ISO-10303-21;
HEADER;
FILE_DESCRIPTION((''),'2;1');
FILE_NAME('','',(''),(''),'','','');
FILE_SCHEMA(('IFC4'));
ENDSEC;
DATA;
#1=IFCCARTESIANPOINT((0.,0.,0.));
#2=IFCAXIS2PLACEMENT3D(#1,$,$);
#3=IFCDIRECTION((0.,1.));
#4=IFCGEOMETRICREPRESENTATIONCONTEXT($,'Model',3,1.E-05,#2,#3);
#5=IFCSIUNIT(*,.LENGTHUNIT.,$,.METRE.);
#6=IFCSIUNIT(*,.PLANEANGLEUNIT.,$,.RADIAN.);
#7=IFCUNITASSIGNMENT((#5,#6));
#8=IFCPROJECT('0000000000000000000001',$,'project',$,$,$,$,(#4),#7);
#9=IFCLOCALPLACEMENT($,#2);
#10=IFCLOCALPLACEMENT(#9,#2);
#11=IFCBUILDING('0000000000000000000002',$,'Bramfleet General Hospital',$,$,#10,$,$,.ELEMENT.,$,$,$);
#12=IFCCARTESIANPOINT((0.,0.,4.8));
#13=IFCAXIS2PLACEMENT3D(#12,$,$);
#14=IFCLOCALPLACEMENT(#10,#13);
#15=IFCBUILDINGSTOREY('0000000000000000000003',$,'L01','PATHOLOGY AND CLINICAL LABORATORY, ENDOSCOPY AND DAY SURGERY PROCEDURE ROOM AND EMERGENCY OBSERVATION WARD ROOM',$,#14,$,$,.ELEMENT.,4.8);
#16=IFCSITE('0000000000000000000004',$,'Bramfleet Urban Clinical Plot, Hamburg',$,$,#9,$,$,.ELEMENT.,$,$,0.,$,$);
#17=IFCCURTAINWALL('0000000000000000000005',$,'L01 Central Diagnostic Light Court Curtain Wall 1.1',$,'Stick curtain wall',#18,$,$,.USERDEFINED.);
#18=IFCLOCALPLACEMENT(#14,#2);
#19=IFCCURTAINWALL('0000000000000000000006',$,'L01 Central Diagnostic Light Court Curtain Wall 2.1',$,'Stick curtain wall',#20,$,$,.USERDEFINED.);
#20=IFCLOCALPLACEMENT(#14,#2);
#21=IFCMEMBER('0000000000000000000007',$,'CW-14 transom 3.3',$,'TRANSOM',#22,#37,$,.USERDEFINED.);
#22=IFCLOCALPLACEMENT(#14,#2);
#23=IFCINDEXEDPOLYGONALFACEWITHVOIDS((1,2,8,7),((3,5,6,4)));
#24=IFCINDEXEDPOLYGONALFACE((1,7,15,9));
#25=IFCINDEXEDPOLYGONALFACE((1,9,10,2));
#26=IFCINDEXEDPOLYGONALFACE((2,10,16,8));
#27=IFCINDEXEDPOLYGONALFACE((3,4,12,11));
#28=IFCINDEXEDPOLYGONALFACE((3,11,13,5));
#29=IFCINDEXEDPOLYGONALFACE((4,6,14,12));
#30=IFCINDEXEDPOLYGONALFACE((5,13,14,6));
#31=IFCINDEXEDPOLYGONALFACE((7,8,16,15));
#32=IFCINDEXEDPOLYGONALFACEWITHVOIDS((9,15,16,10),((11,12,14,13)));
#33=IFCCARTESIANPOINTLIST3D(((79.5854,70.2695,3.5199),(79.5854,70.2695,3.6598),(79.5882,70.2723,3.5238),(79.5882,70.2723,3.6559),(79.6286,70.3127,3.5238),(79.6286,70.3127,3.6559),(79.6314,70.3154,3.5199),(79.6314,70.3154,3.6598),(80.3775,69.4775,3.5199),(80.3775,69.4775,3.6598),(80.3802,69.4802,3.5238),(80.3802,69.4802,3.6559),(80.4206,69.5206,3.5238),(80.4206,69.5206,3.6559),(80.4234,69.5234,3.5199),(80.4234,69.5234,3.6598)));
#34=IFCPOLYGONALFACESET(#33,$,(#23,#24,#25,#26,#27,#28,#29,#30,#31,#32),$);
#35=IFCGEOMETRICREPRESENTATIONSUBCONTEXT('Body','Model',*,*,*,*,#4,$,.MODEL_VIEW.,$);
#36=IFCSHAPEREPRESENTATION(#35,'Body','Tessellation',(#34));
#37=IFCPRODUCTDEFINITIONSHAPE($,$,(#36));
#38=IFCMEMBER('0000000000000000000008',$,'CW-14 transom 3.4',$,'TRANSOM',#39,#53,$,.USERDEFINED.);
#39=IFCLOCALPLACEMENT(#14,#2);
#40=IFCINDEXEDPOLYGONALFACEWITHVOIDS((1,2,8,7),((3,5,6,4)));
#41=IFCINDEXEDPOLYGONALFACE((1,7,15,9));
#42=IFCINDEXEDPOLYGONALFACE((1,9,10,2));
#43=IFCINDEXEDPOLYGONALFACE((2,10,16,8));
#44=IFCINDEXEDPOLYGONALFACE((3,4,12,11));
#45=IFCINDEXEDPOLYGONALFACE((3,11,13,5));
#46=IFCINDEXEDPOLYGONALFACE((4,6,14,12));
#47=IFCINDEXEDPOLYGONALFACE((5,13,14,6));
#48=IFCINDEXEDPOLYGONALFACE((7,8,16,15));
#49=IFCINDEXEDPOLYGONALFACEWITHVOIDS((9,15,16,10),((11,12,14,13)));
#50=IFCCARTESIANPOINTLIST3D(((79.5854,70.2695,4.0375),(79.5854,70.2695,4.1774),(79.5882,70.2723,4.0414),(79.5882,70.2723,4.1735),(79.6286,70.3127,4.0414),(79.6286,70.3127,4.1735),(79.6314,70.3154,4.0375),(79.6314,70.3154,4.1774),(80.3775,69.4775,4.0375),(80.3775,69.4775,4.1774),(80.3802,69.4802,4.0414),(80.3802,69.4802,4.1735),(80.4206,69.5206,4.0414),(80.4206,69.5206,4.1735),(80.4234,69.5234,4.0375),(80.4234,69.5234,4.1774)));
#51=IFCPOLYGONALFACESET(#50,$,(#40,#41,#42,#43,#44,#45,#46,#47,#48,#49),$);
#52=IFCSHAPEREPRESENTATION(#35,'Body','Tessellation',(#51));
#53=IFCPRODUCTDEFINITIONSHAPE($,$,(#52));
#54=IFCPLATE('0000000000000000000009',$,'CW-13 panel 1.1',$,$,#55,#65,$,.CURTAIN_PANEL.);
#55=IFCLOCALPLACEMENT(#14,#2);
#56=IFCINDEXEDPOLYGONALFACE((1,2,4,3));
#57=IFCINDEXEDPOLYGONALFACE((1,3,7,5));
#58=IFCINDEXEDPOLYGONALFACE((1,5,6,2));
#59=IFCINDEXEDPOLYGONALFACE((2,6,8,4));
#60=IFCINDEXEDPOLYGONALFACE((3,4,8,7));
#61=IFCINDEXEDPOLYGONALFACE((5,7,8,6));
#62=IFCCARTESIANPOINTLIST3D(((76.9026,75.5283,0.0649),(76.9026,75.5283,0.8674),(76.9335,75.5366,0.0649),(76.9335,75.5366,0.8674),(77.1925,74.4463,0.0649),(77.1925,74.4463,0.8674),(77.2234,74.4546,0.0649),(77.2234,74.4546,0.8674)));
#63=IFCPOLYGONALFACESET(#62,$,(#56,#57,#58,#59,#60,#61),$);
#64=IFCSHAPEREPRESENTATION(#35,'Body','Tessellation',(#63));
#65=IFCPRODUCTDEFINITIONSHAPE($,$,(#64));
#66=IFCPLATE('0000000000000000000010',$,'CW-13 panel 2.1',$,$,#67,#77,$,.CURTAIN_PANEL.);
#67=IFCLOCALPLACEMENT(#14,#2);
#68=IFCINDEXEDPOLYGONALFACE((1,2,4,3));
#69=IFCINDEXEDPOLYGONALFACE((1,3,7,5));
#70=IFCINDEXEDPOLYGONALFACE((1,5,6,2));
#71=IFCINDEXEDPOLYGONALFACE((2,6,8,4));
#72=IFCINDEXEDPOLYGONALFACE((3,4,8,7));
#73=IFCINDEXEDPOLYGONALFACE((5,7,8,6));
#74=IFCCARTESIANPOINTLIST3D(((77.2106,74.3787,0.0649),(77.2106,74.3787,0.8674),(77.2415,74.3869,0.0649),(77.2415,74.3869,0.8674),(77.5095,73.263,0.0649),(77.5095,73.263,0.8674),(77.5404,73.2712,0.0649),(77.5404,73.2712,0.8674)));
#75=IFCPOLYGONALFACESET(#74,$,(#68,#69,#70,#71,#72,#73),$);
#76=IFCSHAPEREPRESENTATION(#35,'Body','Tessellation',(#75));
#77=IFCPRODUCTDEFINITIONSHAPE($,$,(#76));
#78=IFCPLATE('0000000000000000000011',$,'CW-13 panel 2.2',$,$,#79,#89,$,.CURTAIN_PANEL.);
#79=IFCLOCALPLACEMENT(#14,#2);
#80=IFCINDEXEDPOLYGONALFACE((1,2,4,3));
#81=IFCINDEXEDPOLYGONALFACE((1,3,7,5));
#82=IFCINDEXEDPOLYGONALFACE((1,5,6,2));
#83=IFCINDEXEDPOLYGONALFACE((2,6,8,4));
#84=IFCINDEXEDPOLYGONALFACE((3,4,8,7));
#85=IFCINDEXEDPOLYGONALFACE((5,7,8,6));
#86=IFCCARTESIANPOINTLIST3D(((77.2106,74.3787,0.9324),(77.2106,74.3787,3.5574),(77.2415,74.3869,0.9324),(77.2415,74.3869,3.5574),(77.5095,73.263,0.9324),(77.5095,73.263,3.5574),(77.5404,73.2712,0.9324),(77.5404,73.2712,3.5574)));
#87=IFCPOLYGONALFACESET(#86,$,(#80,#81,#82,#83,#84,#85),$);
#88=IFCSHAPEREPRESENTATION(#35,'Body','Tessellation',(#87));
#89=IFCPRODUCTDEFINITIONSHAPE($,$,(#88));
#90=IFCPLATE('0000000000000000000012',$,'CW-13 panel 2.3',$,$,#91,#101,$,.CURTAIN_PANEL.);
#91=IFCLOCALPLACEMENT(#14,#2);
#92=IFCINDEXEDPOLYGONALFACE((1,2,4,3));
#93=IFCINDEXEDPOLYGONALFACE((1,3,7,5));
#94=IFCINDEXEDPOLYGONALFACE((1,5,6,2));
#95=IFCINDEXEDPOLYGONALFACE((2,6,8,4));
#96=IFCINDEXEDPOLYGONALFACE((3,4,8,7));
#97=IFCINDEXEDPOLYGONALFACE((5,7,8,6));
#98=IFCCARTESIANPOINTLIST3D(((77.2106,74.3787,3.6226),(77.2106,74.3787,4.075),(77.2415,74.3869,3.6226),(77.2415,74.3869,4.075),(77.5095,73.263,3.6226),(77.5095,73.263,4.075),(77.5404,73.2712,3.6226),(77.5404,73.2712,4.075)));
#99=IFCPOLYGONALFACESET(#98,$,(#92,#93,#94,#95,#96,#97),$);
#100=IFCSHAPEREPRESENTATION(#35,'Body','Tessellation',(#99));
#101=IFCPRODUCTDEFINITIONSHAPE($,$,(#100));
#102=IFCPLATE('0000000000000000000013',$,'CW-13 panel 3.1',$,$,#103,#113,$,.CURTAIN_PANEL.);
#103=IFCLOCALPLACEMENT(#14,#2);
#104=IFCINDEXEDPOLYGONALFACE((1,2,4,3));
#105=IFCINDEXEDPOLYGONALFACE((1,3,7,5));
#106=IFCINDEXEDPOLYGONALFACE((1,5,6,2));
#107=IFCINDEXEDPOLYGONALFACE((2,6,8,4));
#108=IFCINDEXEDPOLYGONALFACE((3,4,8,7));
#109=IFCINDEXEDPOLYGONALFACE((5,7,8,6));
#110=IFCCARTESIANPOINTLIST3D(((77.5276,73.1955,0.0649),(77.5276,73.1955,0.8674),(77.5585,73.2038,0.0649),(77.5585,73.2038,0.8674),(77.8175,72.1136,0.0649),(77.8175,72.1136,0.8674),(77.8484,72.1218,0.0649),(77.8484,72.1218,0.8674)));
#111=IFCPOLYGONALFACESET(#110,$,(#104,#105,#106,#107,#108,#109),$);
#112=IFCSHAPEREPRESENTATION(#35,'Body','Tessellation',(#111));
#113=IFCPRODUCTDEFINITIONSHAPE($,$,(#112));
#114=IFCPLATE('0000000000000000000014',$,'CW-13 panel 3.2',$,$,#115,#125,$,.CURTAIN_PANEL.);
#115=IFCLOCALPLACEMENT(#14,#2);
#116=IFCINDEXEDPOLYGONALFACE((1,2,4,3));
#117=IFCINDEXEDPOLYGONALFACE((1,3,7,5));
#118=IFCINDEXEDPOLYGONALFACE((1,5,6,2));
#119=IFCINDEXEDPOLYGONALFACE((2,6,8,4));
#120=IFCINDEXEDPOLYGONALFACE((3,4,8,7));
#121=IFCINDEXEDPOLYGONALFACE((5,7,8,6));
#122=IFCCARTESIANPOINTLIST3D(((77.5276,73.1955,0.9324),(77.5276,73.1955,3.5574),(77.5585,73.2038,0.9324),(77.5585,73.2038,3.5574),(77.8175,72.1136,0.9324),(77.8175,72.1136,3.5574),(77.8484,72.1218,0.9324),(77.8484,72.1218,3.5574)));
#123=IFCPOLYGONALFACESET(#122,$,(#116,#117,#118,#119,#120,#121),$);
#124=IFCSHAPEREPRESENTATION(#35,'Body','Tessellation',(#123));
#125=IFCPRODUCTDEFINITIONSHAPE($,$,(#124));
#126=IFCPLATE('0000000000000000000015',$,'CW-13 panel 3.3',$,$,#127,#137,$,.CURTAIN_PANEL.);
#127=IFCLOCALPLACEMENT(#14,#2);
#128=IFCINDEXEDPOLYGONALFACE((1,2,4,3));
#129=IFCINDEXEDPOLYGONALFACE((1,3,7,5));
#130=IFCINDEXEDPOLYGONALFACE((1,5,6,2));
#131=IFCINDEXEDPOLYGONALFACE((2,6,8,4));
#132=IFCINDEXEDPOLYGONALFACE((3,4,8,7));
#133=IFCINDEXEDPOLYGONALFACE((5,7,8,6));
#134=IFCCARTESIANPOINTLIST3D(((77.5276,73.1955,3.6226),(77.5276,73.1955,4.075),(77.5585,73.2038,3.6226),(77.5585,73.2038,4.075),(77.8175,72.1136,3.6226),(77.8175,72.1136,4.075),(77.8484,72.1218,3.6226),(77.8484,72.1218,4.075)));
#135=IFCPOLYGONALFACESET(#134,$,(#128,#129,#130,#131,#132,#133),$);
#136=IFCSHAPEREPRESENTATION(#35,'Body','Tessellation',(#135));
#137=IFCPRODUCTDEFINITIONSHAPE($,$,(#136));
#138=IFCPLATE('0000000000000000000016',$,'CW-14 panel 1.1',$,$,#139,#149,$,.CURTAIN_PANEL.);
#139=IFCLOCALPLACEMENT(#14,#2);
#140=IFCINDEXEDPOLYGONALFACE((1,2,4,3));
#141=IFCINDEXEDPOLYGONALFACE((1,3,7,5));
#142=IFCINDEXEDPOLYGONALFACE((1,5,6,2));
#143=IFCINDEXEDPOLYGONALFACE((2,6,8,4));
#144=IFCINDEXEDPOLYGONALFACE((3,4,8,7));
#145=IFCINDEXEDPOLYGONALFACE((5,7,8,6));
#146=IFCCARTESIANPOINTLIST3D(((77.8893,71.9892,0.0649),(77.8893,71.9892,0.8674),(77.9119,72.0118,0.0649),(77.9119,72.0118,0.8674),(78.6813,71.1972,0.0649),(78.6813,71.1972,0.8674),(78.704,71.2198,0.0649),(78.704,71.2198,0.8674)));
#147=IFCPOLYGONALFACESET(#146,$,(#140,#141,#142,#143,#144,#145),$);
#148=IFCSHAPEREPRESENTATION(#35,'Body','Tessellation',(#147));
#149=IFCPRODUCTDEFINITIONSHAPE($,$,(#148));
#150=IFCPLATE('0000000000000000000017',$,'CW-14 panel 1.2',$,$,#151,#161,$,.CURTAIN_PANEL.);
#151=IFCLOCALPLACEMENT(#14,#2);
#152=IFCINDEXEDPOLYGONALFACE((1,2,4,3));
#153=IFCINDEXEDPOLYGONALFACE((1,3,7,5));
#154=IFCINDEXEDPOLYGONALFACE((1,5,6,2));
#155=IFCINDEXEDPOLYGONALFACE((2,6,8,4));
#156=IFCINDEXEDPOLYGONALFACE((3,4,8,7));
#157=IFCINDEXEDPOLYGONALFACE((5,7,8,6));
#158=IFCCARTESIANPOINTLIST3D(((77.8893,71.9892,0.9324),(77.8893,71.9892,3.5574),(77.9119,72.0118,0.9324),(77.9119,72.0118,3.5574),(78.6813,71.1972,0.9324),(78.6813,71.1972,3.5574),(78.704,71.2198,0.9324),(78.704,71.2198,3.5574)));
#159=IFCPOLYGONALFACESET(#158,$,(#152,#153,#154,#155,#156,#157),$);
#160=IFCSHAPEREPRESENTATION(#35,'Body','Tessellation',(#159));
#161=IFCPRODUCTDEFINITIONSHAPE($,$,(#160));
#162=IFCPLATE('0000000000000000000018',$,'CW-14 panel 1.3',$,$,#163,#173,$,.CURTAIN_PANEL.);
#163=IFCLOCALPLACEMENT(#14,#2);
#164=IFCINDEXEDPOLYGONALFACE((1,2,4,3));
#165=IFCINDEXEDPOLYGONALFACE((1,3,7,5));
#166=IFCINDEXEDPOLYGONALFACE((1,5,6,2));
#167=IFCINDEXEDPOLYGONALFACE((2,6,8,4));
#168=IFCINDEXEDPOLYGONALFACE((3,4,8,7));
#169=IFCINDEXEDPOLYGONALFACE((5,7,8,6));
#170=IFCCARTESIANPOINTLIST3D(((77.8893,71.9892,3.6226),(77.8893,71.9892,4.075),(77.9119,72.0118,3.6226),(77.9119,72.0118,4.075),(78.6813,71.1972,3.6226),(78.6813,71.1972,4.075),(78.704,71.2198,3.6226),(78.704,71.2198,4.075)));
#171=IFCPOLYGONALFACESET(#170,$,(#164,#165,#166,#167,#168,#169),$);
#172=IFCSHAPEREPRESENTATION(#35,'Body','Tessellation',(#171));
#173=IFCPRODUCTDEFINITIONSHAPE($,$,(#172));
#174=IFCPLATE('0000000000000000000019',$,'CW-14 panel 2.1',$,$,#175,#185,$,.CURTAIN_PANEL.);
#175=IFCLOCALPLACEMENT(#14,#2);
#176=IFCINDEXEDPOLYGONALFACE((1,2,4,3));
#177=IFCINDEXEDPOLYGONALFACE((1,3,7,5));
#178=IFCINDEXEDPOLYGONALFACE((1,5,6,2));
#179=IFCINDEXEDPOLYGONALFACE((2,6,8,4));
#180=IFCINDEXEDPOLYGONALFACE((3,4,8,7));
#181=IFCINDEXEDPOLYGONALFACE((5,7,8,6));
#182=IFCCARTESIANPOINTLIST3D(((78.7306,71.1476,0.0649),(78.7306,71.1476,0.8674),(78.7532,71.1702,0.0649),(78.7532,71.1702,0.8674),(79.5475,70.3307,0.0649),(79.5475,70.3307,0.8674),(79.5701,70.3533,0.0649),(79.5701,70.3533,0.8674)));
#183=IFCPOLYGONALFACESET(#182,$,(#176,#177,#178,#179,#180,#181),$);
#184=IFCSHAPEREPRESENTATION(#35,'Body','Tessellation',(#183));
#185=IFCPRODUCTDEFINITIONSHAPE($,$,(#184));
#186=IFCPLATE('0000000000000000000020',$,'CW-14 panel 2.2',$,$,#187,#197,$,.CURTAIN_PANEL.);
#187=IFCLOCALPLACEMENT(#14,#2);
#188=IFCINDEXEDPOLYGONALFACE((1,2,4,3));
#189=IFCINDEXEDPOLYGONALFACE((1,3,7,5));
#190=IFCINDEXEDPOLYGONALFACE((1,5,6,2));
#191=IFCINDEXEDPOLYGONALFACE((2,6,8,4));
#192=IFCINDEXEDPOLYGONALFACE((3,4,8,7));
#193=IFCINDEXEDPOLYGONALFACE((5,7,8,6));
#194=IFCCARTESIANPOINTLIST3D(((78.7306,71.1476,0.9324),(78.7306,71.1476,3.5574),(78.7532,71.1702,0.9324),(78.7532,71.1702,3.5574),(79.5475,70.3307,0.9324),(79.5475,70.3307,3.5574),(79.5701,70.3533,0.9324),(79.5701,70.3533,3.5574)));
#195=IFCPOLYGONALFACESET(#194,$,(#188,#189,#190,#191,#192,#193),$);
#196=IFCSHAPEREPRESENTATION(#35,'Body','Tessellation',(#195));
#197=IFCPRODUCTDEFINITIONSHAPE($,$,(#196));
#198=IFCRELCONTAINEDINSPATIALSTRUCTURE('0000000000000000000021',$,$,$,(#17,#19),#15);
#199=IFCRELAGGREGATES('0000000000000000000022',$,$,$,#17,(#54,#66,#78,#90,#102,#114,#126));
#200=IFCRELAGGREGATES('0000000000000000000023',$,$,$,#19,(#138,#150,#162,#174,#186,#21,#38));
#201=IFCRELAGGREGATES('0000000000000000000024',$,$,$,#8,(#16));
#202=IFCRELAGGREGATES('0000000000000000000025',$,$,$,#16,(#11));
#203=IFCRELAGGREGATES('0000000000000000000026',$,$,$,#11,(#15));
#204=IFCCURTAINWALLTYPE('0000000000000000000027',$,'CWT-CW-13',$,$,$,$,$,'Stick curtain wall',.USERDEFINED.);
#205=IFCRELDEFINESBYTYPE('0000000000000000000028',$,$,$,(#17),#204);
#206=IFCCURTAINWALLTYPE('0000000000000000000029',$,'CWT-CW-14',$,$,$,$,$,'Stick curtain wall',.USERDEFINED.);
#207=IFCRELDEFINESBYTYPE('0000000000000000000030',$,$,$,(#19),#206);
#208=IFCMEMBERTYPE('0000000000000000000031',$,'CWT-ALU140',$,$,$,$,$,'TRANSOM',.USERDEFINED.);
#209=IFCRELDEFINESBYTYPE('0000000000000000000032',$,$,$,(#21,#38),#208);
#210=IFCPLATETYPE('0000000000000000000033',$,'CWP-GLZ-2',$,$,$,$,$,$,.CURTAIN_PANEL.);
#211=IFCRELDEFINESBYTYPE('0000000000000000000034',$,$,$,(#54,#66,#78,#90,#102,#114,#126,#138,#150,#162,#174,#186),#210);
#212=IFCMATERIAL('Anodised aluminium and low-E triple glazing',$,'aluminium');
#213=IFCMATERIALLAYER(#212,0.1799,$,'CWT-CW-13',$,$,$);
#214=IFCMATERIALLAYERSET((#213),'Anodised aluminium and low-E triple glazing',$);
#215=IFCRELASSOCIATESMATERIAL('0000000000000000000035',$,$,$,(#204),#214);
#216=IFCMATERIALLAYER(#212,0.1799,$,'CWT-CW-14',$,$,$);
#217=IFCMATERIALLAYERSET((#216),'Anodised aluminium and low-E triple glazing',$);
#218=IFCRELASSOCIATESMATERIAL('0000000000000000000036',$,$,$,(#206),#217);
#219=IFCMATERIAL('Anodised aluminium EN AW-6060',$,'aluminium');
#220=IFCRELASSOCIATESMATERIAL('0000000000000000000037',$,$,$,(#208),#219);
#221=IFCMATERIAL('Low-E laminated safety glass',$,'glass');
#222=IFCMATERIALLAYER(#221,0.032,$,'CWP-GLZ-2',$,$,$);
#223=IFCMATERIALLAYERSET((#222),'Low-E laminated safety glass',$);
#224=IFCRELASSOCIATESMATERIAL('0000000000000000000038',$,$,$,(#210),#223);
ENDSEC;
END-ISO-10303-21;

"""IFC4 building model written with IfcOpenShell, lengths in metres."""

from ifc_helpers import new_model, si_unit, direction, frame, origin, origin_2d, place, context, subcontext, project, spatial, rectangle, hollow_rectangle, extrude, material, layer, layer_set, material_profile, profile_set, type_object, element, aggregate, save


model = new_model("IFC4")

# Units and contexts
model_context = context("Model", 3, precision=1e-05, world=origin(), true_north=direction((0.0, 1.0)))
body_context = subcontext(model_context, "Body", "Model", "MODEL_VIEW")
ifc_project = project(units=[si_unit("LENGTHUNIT", "METRE"), si_unit("PLANEANGLEUNIT", "RADIAN")], contexts=[model_context])

# Site, building, storey
site_placement = place(None, origin())
site = spatial("IfcSite", under=ifc_project, at=site_placement, Name="Bramfleet Urban Clinical Plot, Hamburg", CompositionType="ELEMENT", RefElevation=0.0)
building_placement = place(site_placement, origin())
building = spatial("IfcBuilding", under=site, at=building_placement, Name="Bramfleet General Hospital", CompositionType="ELEMENT")
storey_placement = place(building_placement, frame((0.0, 0.0, 4.8)))
storey = spatial("IfcBuildingStorey", under=building, at=storey_placement, Name="L01", Description="PATHOLOGY AND CLINICAL LABORATORY, ENDOSCOPY AND DAY SURGERY PROCEDURE ROOM AND EMERGENCY OBSERVATION WARD ROOM", CompositionType="ELEMENT", Elevation=4.8)

# Curtain walls
ifc_material_1 = material(Name="Anodised aluminium and low-E triple glazing", Category="aluminium")
ifc_layer_1 = layer(ifc_material_1, 0.1799, Name="CWT-CW-13")
ifc_layer_set_1 = layer_set([ifc_layer_1], Name="Anodised aluminium and low-E triple glazing")
curtain_wall_type_1 = type_object("IfcCurtainWallType", Name="CWT-CW-13", ElementType="Stick curtain wall", PredefinedType="USERDEFINED", material=ifc_layer_set_1)
curtain_wall_1_placement = place(storey_placement, origin())
curtain_wall_1 = element("IfcCurtainWall", 1, at=curtain_wall_1_placement, inside=storey, type_object=curtain_wall_type_1, Name="L01 Central Diagnostic Light Court Curtain Wall 1.1", ObjectType="Stick curtain wall", PredefinedType="USERDEFINED")
ifc_material_2 = material(Name="Anodised aluminium EN AW-6060", Category="aluminium")
ifc_layer_2 = layer(ifc_material_1, 0.1799, Name="CWT-CW-14")
ifc_layer_set_2 = layer_set([ifc_layer_2], Name="Anodised aluminium and low-E triple glazing")
curtain_wall_type_2 = type_object("IfcCurtainWallType", Name="CWT-CW-14", ElementType="Stick curtain wall", PredefinedType="USERDEFINED", material=ifc_layer_set_2)
curtain_wall_2_placement = place(storey_placement, origin())
curtain_wall_2 = element("IfcCurtainWall", 2, at=curtain_wall_2_placement, inside=storey, type_object=curtain_wall_type_2, Name="L01 Central Diagnostic Light Court Curtain Wall 2.1", ObjectType="Stick curtain wall", PredefinedType="USERDEFINED")

# Members
ifc_material_profile_1 = material_profile(ifc_material_2, hollow_rectangle(XDim=0.0649, YDim=0.1399, WallThickness=0.0039, at=origin_2d()), Name="ALU 140x65x4.0")
ifc_profile_set_1 = profile_set([ifc_material_profile_1], Name="Anodised aluminium EN AW-6060")
member_type_1 = type_object("IfcMemberType", Name="CWT-ALU140", ElementType="TRANSOM", PredefinedType="USERDEFINED", material=ifc_profile_set_1)
member_1_placement = place(storey_placement, frame((79.6084, 70.2925, 3.5898), z_axis=(0.707107, -0.707107, 0.0), x_axis=(0.707107, 0.707107, 0.0)))
member_1 = element("IfcMember", 3, at=member_1_placement, type_object=member_type_1, Name="CW-14 transom 3.3", ObjectType="TRANSOM", PredefinedType="USERDEFINED", context=body_context, shape_type="SweptSolid", body=[
    extrude(hollow_rectangle(XDim=0.0649, YDim=0.1399, WallThickness=0.0039, at=origin_2d()), origin(), (0.0, 0.0, 1.0), 1.1201),
])
member_2_placement = place(storey_placement, frame((79.6084, 70.2925, 4.1074), z_axis=(0.707107, -0.707107, 0.0), x_axis=(0.707107, 0.707107, 0.0)))
member_2 = element("IfcMember", 4, at=member_2_placement, type_object=member_type_1, Name="CW-14 transom 3.4", ObjectType="TRANSOM", PredefinedType="USERDEFINED", context=body_context, shape_type="SweptSolid", body=[
    extrude(hollow_rectangle(XDim=0.0649, YDim=0.1399, WallThickness=0.0039, at=origin_2d()), origin(), (0.0, 0.0, 1.0), 1.1201),
])

# Plates
ifc_material_3 = material(Name="Low-E laminated safety glass", Category="glass")
ifc_layer_3 = layer(ifc_material_3, 0.032, Name="CWP-GLZ-2")
ifc_layer_set_3 = layer_set([ifc_layer_3], Name="Low-E laminated safety glass")
plate_type = type_object("IfcPlateType", Name="CWP-GLZ-2", PredefinedType="CURTAIN_PANEL", material=ifc_layer_set_3)
plate_1_placement = place(storey_placement, frame((77.063, 74.9915, 0.0649), z_axis=(0.0, 0.0, 1.0), x_axis=(0.258763, -0.965941, 0.0)))
plate_1 = element("IfcPlate", 5, at=plate_1_placement, type_object=plate_type, Name="CW-13 panel 1.1", PredefinedType="CURTAIN_PANEL", context=body_context, shape_type="SweptSolid", body=[
    extrude(rectangle(XDim=1.1201, YDim=0.032, at=origin_2d()), origin(), (0.0, 0.0, 1.0), 0.8025),
])
plate_2_placement = place(storey_placement, frame((77.3755, 73.825, 0.0649), z_axis=(0.0, 0.0, 1.0), x_axis=(0.258763, -0.965941, 0.0)))
plate_2 = element("IfcPlate", 6, at=plate_2_placement, type_object=plate_type, Name="CW-13 panel 2.1", PredefinedType="CURTAIN_PANEL", context=body_context, shape_type="SweptSolid", body=[
    extrude(rectangle(XDim=1.155, YDim=0.032, at=origin_2d()), origin(), (0.0, 0.0, 1.0), 0.8025),
])
plate_3_placement = place(storey_placement, frame((77.3755, 73.825, 0.9324), z_axis=(0.0, 0.0, 1.0), x_axis=(0.258763, -0.965941, 0.0)))
plate_3 = element("IfcPlate", 7, at=plate_3_placement, type_object=plate_type, Name="CW-13 panel 2.2", PredefinedType="CURTAIN_PANEL", context=body_context, shape_type="SweptSolid", body=[
    extrude(rectangle(XDim=1.155, YDim=0.032, at=origin_2d()), origin(), (0.0, 0.0, 1.0), 2.625),
])
plate_4_placement = place(storey_placement, frame((77.3755, 73.825, 3.6226), z_axis=(0.0, 0.0, 1.0), x_axis=(0.258763, -0.965941, 0.0)))
plate_4 = element("IfcPlate", 8, at=plate_4_placement, type_object=plate_type, Name="CW-13 panel 2.3", PredefinedType="CURTAIN_PANEL", context=body_context, shape_type="SweptSolid", body=[
    extrude(rectangle(XDim=1.155, YDim=0.032, at=origin_2d()), origin(), (0.0, 0.0, 1.0), 0.4524),
])
plate_5_placement = place(storey_placement, frame((77.688, 72.6587, 0.0649), z_axis=(0.0, 0.0, 1.0), x_axis=(0.258763, -0.965941, 0.0)))
plate_5 = element("IfcPlate", 9, at=plate_5_placement, type_object=plate_type, Name="CW-13 panel 3.1", PredefinedType="CURTAIN_PANEL", context=body_context, shape_type="SweptSolid", body=[
    extrude(rectangle(XDim=1.1201, YDim=0.032, at=origin_2d()), origin(), (0.0, 0.0, 1.0), 0.8025),
])
plate_6_placement = place(storey_placement, frame((77.688, 72.6587, 0.9324), z_axis=(0.0, 0.0, 1.0), x_axis=(0.258763, -0.965941, 0.0)))
plate_6 = element("IfcPlate", 10, at=plate_6_placement, type_object=plate_type, Name="CW-13 panel 3.2", PredefinedType="CURTAIN_PANEL", context=body_context, shape_type="SweptSolid", body=[
    extrude(rectangle(XDim=1.1201, YDim=0.032, at=origin_2d()), origin(), (0.0, 0.0, 1.0), 2.625),
])
plate_7_placement = place(storey_placement, frame((77.688, 72.6587, 3.6226), z_axis=(0.0, 0.0, 1.0), x_axis=(0.258763, -0.965941, 0.0)))
plate_7 = element("IfcPlate", 11, at=plate_7_placement, type_object=plate_type, Name="CW-13 panel 3.3", PredefinedType="CURTAIN_PANEL", context=body_context, shape_type="SweptSolid", body=[
    extrude(rectangle(XDim=1.1201, YDim=0.032, at=origin_2d()), origin(), (0.0, 0.0, 1.0), 0.4524),
])
aggregate(curtain_wall_1, [plate_1, plate_2, plate_3, plate_4, plate_5, plate_6, plate_7])
plate_8_placement = place(storey_placement, frame((78.2966, 71.6045, 0.0649), z_axis=(0.0, 0.0, 1.0), x_axis=(0.707107, -0.707107, 0.0)))
plate_8 = element("IfcPlate", 12, at=plate_8_placement, type_object=plate_type, Name="CW-14 panel 1.1", PredefinedType="CURTAIN_PANEL", context=body_context, shape_type="SweptSolid", body=[
    extrude(rectangle(XDim=1.1201, YDim=0.032, at=origin_2d()), origin(), (0.0, 0.0, 1.0), 0.8025),
])
plate_9_placement = place(storey_placement, frame((78.2966, 71.6045, 0.9324), z_axis=(0.0, 0.0, 1.0), x_axis=(0.707107, -0.707107, 0.0)))
plate_9 = element("IfcPlate", 13, at=plate_9_placement, type_object=plate_type, Name="CW-14 panel 1.2", PredefinedType="CURTAIN_PANEL", context=body_context, shape_type="SweptSolid", body=[
    extrude(rectangle(XDim=1.1201, YDim=0.032, at=origin_2d()), origin(), (0.0, 0.0, 1.0), 2.625),
])
plate_10_placement = place(storey_placement, frame((78.2966, 71.6045, 3.6226), z_axis=(0.0, 0.0, 1.0), x_axis=(0.707107, -0.707107, 0.0)))
plate_10 = element("IfcPlate", 14, at=plate_10_placement, type_object=plate_type, Name="CW-14 panel 1.3", PredefinedType="CURTAIN_PANEL", context=body_context, shape_type="SweptSolid", body=[
    extrude(rectangle(XDim=1.1201, YDim=0.032, at=origin_2d()), origin(), (0.0, 0.0, 1.0), 0.4524),
])
plate_11_placement = place(storey_placement, frame((79.1504, 70.7505, 0.0649), z_axis=(0.0, 0.0, 1.0), x_axis=(0.707107, -0.707107, 0.0)))
plate_11 = element("IfcPlate", 15, at=plate_11_placement, type_object=plate_type, Name="CW-14 panel 2.1", PredefinedType="CURTAIN_PANEL", context=body_context, shape_type="SweptSolid", body=[
    extrude(rectangle(XDim=1.1553, YDim=0.032, at=origin_2d()), origin(), (0.0, 0.0, 1.0), 0.8025),
])
plate_12_placement = place(storey_placement, frame((79.1504, 70.7505, 0.9324), z_axis=(0.0, 0.0, 1.0), x_axis=(0.707107, -0.707107, 0.0)))
plate_12 = element("IfcPlate", 16, at=plate_12_placement, type_object=plate_type, Name="CW-14 panel 2.2", PredefinedType="CURTAIN_PANEL", context=body_context, shape_type="SweptSolid", body=[
    extrude(rectangle(XDim=1.1553, YDim=0.032, at=origin_2d()), origin(), (0.0, 0.0, 1.0), 2.625),
])
aggregate(curtain_wall_2, [plate_8, plate_9, plate_10, plate_11, plate_12, member_1, member_2])

save(model, "model.ifc")
